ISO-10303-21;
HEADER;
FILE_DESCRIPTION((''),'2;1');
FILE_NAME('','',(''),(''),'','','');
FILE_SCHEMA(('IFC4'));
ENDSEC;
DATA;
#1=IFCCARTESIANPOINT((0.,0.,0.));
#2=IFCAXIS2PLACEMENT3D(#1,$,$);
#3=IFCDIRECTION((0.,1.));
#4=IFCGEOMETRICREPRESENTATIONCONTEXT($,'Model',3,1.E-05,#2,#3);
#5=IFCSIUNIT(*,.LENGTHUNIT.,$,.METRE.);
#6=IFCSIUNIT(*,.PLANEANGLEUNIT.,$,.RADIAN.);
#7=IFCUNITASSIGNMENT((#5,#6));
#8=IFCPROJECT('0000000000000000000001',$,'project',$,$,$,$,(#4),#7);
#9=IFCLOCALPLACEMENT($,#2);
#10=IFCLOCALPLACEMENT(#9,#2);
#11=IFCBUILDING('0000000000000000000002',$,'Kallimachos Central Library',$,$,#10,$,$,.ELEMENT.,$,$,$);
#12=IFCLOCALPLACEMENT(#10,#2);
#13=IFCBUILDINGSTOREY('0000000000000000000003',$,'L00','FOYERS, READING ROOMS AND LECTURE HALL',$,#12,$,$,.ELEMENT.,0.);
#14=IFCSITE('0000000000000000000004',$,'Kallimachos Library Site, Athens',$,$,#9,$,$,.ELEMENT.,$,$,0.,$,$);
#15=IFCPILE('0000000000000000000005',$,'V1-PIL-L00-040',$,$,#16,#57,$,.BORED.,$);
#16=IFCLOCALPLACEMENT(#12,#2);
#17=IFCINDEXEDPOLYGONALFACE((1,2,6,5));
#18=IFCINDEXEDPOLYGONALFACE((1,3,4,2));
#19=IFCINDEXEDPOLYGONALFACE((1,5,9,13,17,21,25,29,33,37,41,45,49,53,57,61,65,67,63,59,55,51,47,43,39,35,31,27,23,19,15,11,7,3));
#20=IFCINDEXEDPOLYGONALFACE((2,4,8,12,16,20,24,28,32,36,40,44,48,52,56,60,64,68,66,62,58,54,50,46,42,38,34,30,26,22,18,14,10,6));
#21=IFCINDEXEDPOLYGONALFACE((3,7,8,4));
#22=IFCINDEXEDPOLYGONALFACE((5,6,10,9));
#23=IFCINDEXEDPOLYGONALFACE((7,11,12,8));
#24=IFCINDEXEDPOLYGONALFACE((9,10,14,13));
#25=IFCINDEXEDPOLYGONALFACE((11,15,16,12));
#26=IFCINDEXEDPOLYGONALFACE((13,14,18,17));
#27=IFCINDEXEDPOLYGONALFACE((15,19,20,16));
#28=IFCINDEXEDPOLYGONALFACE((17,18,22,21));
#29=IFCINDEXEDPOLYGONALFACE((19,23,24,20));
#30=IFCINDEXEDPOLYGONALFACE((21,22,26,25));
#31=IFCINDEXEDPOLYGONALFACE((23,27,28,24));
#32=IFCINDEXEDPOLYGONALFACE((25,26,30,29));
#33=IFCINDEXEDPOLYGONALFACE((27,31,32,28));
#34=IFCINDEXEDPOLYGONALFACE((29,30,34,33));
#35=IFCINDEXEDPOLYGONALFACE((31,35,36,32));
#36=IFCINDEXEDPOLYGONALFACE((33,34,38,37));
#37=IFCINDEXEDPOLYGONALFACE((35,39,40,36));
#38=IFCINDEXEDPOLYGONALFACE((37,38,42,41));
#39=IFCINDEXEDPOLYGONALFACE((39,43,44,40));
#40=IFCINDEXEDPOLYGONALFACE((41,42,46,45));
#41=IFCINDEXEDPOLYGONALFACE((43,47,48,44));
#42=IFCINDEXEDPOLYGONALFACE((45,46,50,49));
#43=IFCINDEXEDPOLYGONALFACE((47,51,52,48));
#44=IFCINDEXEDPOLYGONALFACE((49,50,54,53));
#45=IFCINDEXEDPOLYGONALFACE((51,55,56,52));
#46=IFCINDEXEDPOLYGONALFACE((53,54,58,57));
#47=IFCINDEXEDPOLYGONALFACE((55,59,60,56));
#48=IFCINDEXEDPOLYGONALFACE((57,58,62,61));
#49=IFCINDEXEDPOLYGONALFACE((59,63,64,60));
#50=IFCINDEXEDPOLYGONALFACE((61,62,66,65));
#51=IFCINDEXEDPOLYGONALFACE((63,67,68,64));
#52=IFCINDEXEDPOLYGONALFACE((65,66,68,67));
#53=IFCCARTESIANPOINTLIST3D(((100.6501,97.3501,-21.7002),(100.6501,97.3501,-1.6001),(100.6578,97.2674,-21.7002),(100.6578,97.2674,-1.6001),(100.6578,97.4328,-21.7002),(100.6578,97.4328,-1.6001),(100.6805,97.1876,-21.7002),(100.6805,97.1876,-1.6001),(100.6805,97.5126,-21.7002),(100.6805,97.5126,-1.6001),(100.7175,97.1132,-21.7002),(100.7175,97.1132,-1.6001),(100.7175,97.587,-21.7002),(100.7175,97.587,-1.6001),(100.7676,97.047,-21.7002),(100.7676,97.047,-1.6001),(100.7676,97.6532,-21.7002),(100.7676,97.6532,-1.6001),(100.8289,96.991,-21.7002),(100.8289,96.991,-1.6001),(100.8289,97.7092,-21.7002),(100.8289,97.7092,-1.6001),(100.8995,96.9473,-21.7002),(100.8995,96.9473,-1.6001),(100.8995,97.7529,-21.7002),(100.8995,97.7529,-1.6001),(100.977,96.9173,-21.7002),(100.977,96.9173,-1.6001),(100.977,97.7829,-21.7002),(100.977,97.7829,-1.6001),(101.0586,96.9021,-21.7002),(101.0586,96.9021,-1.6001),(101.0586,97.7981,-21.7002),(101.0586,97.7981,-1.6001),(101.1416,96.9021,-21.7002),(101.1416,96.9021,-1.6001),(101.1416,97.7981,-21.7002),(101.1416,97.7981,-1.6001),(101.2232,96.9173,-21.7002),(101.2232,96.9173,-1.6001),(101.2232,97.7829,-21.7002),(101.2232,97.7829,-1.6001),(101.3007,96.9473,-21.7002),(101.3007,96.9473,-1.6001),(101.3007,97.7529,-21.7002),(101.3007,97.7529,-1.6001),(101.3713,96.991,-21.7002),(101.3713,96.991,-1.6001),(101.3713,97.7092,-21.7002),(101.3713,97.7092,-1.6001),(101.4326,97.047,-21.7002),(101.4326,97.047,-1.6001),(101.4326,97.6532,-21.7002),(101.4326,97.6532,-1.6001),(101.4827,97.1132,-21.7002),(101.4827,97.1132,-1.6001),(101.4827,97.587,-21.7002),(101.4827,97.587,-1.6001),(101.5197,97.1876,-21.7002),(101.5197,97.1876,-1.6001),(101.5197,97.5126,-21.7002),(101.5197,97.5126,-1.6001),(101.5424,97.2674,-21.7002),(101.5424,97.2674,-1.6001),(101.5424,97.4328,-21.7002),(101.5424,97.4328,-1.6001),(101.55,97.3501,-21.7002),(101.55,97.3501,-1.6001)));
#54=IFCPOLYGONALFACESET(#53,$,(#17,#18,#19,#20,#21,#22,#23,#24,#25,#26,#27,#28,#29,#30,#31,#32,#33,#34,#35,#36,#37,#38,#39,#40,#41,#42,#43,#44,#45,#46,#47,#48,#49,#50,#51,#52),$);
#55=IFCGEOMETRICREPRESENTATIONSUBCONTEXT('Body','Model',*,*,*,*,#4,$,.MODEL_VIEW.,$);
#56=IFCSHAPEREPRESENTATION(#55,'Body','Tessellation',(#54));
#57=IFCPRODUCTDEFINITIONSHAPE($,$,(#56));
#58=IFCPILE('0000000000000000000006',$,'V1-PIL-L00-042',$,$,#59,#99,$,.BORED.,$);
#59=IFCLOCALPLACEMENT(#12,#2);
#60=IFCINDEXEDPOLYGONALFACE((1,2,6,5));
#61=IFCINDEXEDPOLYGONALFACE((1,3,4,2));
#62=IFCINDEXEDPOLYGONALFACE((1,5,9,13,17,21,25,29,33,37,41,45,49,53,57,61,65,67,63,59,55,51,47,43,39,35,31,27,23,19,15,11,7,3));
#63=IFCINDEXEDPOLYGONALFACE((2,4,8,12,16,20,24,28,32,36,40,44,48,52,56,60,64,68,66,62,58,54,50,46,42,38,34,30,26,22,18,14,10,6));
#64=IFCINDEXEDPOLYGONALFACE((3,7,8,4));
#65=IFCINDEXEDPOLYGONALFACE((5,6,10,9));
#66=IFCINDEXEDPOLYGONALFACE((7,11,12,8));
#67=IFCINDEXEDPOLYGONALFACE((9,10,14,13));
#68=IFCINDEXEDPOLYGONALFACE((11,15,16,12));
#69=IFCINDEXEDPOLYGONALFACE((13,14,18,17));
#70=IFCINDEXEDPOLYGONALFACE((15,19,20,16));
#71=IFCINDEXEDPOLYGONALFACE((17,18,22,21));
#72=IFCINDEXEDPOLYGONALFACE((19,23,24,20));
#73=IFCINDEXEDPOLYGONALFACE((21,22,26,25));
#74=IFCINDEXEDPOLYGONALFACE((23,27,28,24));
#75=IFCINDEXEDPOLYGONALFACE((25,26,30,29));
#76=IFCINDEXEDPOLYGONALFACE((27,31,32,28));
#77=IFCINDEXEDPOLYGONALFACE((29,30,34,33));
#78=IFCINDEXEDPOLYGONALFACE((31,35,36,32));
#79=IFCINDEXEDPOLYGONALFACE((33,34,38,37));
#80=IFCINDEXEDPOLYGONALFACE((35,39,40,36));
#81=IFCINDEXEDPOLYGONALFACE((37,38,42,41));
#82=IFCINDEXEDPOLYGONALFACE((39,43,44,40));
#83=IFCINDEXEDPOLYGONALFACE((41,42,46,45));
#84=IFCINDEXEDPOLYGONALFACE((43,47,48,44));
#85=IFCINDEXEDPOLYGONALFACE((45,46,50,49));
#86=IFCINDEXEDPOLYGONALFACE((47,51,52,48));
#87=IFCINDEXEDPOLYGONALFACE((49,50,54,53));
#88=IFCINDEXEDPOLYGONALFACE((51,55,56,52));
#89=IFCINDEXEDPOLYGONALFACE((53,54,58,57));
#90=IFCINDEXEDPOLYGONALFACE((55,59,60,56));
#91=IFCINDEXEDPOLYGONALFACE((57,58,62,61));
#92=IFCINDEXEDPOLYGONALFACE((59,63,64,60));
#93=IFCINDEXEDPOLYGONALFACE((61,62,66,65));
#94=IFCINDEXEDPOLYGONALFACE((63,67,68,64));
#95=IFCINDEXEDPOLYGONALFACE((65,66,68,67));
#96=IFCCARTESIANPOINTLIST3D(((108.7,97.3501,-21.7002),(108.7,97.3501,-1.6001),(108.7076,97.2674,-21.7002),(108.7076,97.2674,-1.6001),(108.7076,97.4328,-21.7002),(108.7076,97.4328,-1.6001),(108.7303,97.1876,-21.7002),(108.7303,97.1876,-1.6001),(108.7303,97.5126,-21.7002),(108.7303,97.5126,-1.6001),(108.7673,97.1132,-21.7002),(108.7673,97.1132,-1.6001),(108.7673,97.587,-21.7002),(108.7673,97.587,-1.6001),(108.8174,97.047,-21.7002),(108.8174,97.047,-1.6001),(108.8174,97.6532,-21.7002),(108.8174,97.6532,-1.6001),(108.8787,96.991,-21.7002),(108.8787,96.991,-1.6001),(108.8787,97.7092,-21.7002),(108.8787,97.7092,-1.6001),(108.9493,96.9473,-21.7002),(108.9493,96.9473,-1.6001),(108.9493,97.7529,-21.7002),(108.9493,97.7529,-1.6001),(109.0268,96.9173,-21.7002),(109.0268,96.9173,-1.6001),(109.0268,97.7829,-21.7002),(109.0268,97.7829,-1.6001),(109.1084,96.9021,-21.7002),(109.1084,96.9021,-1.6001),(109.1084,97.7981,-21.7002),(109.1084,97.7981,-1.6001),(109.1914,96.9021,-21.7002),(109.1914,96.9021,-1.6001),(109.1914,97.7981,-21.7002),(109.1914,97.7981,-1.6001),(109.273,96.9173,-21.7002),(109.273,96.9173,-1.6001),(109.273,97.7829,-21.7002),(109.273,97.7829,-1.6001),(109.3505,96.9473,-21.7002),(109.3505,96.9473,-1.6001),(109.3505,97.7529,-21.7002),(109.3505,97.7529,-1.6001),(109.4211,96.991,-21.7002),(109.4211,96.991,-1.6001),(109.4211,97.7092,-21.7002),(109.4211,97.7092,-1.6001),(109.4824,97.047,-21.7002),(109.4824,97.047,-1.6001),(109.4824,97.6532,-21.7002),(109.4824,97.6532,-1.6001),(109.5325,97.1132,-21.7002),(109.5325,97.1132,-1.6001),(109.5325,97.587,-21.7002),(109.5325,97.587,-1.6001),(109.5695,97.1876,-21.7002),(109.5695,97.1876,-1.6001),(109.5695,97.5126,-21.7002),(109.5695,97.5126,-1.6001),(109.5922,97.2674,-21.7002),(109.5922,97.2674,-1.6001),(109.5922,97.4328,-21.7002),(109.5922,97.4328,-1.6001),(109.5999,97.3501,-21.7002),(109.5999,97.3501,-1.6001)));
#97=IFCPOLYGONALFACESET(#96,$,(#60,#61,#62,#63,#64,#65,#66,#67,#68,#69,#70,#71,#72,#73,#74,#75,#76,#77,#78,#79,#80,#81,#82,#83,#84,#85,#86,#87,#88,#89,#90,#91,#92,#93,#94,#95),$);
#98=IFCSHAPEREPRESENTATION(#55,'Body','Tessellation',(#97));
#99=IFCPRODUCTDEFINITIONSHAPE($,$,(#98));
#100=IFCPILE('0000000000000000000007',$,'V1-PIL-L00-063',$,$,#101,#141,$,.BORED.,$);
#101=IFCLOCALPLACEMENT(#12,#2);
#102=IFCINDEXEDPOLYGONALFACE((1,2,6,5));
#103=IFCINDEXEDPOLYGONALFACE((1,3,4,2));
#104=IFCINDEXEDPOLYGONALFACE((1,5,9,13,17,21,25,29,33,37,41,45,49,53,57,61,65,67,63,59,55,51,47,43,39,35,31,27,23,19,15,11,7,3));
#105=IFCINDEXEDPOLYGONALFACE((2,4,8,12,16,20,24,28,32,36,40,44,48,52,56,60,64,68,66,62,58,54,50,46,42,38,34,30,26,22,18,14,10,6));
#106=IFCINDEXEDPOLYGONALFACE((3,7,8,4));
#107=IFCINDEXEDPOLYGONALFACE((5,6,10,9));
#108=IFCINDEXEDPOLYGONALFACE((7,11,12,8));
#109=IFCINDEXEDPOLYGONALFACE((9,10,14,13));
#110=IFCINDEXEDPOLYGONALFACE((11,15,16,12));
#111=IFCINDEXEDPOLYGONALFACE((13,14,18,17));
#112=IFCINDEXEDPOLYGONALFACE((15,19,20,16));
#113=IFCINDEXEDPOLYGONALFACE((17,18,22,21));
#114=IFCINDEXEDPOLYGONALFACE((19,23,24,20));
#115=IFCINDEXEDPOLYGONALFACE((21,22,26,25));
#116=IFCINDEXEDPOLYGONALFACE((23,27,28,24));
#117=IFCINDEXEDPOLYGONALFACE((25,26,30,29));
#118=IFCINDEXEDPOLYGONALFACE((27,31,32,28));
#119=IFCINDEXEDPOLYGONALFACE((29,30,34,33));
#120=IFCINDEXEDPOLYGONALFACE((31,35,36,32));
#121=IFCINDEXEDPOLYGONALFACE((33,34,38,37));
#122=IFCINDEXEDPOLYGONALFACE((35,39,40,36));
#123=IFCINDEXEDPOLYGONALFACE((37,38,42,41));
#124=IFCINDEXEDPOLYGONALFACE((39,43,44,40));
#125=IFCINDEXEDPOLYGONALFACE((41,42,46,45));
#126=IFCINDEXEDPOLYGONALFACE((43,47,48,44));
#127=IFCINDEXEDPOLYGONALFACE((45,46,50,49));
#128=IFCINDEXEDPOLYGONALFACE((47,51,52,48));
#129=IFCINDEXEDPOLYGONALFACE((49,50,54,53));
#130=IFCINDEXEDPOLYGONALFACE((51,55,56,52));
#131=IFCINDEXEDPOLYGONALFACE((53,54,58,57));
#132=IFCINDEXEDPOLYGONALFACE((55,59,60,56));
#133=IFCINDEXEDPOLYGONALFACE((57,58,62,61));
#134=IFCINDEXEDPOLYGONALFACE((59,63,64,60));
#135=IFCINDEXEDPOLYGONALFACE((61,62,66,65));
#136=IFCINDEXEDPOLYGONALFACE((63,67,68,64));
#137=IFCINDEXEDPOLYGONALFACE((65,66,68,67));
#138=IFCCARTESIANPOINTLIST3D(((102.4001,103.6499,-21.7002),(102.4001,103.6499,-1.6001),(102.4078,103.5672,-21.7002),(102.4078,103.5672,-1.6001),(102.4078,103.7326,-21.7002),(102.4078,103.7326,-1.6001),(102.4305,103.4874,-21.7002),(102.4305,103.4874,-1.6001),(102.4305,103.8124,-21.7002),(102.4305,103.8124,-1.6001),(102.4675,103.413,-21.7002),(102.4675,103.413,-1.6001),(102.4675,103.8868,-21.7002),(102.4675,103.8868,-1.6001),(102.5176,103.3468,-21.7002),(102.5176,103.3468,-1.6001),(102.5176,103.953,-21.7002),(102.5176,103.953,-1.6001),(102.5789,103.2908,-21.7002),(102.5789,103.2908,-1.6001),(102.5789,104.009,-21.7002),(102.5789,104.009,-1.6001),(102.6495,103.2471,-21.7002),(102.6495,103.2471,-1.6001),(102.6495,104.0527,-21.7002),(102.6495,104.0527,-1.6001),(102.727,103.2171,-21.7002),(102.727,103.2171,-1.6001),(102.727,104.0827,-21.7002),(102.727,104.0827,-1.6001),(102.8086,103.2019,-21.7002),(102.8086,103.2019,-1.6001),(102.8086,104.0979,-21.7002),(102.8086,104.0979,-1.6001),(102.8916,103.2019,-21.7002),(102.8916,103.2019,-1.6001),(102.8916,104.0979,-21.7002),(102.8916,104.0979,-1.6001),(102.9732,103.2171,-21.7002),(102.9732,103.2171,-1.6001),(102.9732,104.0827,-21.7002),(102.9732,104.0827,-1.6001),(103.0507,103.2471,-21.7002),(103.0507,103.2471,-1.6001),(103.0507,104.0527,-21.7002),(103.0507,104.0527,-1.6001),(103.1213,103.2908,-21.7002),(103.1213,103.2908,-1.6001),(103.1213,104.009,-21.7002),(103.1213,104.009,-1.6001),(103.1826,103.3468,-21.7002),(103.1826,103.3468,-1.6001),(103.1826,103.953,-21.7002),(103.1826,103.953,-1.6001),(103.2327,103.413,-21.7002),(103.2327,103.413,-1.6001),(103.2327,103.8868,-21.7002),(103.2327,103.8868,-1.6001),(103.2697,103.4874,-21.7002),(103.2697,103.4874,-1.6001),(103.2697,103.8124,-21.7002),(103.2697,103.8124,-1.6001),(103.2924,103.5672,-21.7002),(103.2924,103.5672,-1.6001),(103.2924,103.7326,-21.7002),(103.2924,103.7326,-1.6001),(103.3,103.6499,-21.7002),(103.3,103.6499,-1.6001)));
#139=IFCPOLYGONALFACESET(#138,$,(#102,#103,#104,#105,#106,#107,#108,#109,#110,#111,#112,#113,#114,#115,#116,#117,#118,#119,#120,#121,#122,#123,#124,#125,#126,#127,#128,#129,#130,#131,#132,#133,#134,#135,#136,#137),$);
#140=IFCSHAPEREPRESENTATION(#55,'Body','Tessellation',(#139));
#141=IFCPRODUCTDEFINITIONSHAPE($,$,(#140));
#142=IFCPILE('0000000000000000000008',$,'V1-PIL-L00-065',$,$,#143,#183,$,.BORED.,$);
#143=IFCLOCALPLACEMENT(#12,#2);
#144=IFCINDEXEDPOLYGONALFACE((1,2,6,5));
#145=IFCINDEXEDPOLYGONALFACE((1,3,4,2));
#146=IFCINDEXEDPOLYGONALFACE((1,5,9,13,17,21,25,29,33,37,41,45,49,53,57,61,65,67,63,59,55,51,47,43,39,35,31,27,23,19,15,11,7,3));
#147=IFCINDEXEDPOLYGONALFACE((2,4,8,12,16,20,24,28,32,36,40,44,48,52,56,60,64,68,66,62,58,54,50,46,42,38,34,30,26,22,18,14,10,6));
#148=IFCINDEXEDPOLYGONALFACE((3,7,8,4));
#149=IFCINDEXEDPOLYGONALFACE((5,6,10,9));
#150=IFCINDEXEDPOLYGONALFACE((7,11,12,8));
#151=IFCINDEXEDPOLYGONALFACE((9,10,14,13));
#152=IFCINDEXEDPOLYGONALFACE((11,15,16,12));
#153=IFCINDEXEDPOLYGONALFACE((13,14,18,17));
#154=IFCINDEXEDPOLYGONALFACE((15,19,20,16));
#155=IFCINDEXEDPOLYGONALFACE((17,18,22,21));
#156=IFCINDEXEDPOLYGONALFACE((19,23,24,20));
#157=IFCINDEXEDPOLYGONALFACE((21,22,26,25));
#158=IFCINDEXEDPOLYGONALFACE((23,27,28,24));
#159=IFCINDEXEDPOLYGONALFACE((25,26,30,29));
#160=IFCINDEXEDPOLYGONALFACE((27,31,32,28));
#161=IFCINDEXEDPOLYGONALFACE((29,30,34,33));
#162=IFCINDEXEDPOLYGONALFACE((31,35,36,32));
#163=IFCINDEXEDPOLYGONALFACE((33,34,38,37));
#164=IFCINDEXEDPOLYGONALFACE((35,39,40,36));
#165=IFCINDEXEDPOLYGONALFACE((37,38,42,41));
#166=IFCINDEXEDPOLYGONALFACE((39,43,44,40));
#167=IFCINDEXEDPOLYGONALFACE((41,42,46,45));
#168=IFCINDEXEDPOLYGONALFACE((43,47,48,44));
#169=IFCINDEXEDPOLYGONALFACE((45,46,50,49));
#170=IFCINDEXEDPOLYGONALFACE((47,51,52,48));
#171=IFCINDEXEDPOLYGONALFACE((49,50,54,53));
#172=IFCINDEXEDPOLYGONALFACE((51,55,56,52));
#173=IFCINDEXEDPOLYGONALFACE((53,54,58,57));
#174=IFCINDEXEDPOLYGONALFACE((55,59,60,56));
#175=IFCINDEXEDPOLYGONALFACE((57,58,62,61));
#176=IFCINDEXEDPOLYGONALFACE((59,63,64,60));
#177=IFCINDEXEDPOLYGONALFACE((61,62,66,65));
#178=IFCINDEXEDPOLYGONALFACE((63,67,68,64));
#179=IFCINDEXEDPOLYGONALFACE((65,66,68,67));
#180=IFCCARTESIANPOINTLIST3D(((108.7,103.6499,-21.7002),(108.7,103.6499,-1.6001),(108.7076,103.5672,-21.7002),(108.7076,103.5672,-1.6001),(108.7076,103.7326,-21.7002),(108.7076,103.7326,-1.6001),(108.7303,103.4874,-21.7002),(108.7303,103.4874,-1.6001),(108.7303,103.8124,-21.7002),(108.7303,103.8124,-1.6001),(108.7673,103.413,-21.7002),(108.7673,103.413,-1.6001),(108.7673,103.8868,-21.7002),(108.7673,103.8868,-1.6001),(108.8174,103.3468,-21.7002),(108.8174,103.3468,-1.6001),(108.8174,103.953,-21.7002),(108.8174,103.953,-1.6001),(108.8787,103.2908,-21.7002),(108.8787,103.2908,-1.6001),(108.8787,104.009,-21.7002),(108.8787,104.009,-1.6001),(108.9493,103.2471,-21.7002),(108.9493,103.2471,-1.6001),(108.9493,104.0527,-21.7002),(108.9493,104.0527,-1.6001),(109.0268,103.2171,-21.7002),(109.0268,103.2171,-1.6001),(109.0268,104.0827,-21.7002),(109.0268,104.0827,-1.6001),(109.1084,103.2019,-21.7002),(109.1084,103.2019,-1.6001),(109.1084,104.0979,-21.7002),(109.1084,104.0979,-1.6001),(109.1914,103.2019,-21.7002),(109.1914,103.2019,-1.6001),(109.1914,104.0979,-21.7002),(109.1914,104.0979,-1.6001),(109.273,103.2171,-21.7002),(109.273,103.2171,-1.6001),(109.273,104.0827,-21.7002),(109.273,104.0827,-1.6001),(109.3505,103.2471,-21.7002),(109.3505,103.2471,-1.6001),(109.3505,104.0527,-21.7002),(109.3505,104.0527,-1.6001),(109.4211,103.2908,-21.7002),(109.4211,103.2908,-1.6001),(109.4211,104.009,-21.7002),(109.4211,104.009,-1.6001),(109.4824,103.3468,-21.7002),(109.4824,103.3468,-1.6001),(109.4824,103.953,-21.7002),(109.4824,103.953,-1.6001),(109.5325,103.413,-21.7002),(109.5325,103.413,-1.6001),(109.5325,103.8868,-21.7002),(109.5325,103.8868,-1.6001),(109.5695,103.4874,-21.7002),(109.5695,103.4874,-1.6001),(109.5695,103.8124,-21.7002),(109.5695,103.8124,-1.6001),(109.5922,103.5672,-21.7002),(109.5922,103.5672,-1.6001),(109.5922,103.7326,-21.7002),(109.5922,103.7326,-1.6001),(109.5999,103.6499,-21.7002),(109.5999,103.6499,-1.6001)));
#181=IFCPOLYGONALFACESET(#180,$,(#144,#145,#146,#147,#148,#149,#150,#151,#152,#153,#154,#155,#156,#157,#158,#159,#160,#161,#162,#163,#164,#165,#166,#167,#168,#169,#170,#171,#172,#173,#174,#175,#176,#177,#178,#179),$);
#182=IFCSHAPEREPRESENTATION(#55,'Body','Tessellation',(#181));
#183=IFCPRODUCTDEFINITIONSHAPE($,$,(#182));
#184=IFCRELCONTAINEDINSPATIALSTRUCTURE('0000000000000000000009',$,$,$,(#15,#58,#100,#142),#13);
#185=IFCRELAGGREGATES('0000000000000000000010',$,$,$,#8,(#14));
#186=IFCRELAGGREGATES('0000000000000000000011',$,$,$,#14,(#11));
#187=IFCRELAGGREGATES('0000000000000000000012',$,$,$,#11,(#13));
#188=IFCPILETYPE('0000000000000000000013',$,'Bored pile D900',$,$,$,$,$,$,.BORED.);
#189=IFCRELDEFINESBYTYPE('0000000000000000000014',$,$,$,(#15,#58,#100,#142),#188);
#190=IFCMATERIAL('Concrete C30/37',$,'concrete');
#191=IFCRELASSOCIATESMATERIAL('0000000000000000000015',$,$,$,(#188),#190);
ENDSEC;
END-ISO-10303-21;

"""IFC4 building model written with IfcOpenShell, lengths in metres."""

from ifc_helpers import new_model, si_unit, direction, frame, origin, origin_2d, place, context, subcontext, project, spatial, circle, extrude, material, type_object, element, save


model = new_model("IFC4")

# Units and contexts
model_context = context("Model", 3, precision=1e-05, world=origin(), true_north=direction((0.0, 1.0)))
body_context = subcontext(model_context, "Body", "Model", "MODEL_VIEW")
ifc_project = project(units=[si_unit("LENGTHUNIT", "METRE"), si_unit("PLANEANGLEUNIT", "RADIAN")], contexts=[model_context])

# Site, building, storey
site_placement = place(None, origin())
site = spatial("IfcSite", under=ifc_project, at=site_placement, Name="Kallimachos Library Site, Athens", CompositionType="ELEMENT", RefElevation=0.0)
building_placement = place(site_placement, origin())
building = spatial("IfcBuilding", under=site, at=building_placement, Name="Kallimachos Central Library", CompositionType="ELEMENT")
storey_placement = place(building_placement, origin())
storey = spatial("IfcBuildingStorey", under=building, at=storey_placement, Name="L00", Description="FOYERS, READING ROOMS AND LECTURE HALL", CompositionType="ELEMENT", Elevation=0.0)

# Piles
ifc_material_1 = material(Name="Concrete C30/37", Category="concrete")
pile_type = type_object("IfcPileType", Name="Bored pile D900", PredefinedType="BORED", material=ifc_material_1)
for number, where, z_axis, x_axis, name in (
    (1, (101.1001, 97.3501, -1.6001), (0.0, 0.0, -1.0), (1.0, 0.0, 0.0), "V1-PIL-L00-040"),
    (2, (109.1499, 97.3501, -1.6001), (0.0, 0.0, -1.0), (1.0, 0.0, 0.0), "V1-PIL-L00-042"),
    (3, (102.8501, 103.6499, -1.6001), (0.0, 0.0, -1.0), (1.0, 0.0, 0.0), "V1-PIL-L00-063"),
    (4, (109.1499, 103.6499, -1.6001), (0.0, 0.0, -1.0), (1.0, 0.0, 0.0), "V1-PIL-L00-065"),
):
    element("IfcPile", number, at=place(storey_placement, frame(where, z_axis=z_axis, x_axis=x_axis)), inside=storey, type_object=pile_type, Name=name, PredefinedType="BORED", context=body_context, shape_type="SweptSolid", body=[
        extrude(circle(Radius=0.45, at=origin_2d()), origin(), (0.0, 0.0, 1.0), 20.1001),
    ])

save(model, "model.ifc")
